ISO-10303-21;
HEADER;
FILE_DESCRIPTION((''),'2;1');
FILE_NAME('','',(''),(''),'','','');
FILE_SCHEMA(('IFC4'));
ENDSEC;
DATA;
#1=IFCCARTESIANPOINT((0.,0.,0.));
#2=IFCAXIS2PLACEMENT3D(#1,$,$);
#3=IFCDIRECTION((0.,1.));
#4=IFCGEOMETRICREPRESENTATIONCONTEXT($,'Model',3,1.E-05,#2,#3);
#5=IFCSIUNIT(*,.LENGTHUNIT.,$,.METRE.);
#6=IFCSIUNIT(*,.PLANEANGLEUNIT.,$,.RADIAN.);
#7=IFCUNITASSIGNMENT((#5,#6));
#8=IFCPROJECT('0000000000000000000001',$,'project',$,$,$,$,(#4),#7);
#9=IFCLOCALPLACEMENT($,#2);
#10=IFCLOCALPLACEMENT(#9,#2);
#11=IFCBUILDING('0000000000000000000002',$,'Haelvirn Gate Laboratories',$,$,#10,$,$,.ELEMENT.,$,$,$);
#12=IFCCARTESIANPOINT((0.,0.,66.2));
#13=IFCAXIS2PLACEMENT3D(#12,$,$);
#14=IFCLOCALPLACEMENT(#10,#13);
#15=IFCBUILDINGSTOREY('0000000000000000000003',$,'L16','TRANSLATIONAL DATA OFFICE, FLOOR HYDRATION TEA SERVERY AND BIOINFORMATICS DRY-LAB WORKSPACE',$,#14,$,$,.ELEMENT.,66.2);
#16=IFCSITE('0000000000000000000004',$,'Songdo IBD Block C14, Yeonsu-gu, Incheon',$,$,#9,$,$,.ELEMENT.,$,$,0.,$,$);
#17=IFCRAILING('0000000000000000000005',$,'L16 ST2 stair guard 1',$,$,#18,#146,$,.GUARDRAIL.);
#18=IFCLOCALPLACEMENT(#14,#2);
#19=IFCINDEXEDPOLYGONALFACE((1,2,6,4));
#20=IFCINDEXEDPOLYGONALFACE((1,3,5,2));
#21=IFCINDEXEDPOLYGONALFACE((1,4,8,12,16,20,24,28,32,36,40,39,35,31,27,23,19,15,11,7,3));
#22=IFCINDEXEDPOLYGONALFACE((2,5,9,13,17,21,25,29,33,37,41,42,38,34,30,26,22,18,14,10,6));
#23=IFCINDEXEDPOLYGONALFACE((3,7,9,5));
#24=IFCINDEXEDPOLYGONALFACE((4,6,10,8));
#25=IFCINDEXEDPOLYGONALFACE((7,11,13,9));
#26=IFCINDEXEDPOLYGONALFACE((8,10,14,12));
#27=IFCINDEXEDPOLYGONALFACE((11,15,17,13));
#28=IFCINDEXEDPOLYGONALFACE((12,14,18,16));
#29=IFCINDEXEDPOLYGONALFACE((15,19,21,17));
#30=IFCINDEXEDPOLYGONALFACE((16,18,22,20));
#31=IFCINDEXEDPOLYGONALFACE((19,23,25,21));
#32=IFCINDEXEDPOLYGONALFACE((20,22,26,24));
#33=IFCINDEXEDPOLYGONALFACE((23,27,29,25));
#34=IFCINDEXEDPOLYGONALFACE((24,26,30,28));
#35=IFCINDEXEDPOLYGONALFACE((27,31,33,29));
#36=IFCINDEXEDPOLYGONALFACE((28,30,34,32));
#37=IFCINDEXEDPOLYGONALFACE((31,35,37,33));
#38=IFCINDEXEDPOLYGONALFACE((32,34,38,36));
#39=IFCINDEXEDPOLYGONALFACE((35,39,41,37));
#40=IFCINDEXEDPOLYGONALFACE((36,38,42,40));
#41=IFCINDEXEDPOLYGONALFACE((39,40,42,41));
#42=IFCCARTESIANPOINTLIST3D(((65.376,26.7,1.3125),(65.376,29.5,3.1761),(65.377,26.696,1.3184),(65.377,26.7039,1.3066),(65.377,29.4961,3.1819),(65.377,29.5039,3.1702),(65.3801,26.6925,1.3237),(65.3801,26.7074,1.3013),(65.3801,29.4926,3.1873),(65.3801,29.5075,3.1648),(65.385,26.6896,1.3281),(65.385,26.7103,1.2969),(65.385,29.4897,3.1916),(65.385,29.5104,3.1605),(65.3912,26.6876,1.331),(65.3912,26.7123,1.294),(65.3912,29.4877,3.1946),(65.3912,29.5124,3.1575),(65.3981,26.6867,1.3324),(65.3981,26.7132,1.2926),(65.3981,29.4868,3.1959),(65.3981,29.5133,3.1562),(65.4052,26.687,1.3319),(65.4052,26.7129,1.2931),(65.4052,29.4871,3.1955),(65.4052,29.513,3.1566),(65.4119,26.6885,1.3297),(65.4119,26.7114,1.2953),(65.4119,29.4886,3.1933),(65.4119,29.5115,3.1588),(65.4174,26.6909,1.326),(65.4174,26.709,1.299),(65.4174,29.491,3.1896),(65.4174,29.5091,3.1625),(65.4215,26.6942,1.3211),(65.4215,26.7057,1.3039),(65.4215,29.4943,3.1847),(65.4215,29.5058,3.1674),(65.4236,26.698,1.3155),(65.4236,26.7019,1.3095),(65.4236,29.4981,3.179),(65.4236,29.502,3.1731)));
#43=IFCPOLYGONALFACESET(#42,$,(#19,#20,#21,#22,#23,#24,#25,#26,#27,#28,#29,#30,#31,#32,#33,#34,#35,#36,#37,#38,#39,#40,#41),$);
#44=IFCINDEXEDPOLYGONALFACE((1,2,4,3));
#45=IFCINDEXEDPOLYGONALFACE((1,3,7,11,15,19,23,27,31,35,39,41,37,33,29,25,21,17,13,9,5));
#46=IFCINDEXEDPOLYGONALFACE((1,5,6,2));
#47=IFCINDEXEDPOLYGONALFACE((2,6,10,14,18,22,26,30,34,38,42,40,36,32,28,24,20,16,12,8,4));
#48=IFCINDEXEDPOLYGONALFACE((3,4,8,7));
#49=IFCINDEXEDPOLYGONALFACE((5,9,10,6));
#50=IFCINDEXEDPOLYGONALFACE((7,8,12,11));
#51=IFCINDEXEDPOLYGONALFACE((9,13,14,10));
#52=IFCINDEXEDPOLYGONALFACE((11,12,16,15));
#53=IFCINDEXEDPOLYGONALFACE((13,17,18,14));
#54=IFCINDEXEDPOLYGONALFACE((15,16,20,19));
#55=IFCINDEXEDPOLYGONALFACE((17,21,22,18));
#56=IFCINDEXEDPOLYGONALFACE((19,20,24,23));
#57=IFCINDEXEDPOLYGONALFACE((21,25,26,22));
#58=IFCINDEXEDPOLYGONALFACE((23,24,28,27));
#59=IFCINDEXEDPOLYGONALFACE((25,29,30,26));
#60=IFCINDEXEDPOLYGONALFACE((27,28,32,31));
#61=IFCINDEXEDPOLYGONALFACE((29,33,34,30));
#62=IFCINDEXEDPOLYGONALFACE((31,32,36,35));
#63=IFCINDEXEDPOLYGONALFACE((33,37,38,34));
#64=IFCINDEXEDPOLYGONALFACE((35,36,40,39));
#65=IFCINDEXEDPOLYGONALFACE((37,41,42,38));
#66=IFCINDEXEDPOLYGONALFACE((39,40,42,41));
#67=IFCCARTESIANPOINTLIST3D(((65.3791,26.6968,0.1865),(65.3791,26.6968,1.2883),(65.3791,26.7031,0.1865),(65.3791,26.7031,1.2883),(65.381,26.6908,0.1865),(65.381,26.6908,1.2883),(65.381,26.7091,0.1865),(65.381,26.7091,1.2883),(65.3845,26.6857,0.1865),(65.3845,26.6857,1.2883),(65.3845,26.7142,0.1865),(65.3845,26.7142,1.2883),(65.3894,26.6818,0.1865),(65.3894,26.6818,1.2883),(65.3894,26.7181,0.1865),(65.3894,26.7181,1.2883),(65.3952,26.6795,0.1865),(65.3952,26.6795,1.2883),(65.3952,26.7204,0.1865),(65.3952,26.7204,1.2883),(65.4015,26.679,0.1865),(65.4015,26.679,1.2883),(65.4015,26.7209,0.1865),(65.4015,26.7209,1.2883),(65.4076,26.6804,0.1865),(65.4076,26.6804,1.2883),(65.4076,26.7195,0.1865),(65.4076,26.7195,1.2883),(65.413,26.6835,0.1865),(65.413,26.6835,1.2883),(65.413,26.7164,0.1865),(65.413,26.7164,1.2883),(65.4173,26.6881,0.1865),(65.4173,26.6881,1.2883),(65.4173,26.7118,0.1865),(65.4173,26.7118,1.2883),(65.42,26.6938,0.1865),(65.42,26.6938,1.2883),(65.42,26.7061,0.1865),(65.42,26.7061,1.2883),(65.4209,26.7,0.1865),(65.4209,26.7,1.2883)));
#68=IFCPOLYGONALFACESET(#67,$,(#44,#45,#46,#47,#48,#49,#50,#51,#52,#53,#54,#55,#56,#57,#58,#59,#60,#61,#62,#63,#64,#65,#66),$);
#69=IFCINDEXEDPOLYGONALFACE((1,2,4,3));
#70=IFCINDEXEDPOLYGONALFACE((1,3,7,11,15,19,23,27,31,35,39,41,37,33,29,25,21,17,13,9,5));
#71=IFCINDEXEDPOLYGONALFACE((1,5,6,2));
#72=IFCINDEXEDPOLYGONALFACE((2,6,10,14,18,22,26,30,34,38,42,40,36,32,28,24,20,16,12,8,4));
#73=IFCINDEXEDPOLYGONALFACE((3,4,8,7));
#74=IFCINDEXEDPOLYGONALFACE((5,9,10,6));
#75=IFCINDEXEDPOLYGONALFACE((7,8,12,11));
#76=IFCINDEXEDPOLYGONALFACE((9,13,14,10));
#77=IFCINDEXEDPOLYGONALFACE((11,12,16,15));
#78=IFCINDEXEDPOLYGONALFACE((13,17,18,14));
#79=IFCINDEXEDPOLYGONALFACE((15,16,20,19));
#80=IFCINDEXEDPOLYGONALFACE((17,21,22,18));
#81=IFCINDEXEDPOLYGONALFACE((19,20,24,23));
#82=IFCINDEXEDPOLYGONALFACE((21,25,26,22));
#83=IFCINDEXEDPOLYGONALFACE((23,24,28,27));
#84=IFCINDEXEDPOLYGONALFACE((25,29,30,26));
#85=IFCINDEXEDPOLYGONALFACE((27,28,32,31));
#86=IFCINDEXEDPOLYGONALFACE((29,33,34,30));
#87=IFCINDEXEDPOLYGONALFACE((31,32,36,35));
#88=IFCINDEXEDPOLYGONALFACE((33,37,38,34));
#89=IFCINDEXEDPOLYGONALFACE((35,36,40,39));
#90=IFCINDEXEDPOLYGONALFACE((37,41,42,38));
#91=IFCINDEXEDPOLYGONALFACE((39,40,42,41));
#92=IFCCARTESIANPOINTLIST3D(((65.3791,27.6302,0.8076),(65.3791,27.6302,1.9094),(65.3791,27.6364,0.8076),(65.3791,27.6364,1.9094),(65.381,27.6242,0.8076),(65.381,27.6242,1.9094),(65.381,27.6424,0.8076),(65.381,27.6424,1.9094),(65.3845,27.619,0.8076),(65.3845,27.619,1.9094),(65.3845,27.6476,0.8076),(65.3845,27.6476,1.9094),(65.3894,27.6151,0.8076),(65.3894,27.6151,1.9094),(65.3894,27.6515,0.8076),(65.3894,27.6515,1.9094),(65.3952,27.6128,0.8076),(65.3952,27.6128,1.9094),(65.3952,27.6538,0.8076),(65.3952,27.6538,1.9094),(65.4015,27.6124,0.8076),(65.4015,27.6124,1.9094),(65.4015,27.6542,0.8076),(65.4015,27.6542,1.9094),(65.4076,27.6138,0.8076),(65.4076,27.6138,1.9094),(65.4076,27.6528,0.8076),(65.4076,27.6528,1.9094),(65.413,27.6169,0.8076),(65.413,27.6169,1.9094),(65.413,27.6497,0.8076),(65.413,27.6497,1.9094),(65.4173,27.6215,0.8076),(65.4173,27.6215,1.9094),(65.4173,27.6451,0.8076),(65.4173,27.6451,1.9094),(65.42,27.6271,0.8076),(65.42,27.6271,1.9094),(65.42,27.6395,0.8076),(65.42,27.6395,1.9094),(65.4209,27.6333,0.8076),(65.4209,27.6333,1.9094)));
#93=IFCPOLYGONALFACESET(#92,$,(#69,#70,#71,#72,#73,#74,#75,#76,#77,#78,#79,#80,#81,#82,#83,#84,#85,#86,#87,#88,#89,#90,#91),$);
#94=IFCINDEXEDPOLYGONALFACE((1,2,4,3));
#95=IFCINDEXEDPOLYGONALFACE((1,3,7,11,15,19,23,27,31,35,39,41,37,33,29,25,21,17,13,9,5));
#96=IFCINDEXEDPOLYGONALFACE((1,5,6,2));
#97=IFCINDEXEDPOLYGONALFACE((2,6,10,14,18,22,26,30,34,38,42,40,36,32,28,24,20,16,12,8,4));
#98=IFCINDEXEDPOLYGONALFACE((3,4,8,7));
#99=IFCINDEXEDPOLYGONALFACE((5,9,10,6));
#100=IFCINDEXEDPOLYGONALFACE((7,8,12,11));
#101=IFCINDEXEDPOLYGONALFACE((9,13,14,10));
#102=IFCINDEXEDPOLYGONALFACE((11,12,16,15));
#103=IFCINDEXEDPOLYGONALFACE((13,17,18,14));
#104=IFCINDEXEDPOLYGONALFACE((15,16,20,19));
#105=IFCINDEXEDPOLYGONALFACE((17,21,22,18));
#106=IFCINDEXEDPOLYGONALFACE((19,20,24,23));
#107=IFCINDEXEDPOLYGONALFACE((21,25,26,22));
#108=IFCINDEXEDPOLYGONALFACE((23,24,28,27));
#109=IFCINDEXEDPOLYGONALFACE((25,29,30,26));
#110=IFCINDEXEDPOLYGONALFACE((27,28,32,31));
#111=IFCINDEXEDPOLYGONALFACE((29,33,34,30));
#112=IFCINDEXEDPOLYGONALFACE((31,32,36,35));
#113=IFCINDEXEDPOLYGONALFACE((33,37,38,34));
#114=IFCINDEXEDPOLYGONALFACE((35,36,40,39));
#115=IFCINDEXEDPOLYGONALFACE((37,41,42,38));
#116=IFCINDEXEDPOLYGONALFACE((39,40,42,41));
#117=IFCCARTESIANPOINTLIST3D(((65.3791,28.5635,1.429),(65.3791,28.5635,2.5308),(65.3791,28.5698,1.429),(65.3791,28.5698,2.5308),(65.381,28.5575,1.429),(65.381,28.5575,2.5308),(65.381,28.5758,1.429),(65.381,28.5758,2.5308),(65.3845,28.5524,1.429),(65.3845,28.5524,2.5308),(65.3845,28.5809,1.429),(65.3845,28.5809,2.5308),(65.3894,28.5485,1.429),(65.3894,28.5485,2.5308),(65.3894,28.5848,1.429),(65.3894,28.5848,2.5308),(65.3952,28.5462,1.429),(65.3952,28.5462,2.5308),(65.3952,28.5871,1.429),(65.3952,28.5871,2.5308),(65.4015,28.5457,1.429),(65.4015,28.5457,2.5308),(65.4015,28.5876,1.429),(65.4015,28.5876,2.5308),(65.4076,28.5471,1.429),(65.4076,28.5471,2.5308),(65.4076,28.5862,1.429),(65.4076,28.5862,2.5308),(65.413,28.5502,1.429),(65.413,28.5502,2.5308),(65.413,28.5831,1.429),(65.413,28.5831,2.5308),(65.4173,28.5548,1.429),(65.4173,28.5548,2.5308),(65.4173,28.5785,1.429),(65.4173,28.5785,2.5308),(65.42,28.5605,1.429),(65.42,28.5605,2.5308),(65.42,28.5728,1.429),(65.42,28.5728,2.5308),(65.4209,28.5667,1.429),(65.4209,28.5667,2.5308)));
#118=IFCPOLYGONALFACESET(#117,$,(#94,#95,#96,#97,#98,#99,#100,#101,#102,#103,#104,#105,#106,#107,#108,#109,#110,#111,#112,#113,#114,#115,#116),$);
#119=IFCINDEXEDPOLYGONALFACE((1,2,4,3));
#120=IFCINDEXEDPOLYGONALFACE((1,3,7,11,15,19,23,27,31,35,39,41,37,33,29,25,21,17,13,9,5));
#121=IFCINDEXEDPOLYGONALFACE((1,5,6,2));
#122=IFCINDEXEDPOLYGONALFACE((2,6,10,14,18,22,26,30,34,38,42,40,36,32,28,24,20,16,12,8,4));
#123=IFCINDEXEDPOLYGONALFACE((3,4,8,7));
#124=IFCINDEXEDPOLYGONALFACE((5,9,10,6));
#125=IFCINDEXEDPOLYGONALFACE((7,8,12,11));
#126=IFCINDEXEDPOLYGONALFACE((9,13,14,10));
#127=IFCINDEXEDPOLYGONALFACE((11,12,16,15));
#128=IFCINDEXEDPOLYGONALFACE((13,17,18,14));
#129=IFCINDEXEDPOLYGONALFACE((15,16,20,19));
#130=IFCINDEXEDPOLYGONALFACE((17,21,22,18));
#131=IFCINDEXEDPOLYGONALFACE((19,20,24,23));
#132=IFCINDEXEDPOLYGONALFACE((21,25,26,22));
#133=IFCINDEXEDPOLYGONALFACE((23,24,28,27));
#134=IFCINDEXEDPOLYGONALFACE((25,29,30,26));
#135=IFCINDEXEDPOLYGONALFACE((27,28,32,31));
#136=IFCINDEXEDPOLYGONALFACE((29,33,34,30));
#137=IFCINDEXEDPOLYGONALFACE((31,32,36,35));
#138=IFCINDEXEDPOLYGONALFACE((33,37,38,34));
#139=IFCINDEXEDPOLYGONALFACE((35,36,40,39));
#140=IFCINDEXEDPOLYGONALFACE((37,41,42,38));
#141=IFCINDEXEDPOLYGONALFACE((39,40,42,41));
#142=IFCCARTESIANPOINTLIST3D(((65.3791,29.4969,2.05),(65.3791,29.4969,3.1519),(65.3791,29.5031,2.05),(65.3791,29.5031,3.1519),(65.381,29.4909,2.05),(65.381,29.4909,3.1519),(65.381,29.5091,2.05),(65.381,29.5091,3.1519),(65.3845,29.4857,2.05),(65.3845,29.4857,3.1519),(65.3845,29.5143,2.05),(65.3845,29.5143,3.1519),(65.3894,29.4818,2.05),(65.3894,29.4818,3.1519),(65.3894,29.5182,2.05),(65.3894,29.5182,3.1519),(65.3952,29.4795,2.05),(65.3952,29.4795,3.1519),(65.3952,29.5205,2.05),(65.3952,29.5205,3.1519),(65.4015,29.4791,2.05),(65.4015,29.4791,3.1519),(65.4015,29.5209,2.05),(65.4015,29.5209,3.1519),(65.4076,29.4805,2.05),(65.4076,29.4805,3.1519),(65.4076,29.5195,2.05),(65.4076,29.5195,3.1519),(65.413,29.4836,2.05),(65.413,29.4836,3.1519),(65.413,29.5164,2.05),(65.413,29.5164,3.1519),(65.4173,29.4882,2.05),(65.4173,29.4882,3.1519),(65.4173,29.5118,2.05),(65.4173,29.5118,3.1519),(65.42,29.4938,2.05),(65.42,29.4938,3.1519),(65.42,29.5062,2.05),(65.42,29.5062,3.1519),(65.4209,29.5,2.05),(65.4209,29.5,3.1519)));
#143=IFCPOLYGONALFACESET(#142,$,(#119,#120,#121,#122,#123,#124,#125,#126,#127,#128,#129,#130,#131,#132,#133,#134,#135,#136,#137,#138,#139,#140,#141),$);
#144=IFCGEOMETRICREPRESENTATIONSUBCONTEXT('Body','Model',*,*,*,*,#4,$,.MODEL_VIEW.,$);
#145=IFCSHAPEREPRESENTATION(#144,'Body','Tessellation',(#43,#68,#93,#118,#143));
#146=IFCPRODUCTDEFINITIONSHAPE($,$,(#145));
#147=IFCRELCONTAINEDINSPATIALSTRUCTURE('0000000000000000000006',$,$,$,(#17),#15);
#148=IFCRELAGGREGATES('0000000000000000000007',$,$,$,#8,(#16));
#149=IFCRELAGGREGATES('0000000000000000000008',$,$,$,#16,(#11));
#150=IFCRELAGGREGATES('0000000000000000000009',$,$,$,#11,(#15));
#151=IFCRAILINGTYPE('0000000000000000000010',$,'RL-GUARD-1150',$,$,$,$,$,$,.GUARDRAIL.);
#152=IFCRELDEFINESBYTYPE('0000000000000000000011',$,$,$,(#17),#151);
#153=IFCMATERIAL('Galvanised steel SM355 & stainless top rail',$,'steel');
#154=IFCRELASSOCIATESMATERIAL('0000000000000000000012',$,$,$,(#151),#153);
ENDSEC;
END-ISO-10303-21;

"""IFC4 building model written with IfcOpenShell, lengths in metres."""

from ifc_helpers import new_model, si_unit, direction, frame, origin, origin_2d, place, context, subcontext, project, spatial, circle, extrude, source, transform, mapped, material, type_object, element, save


model = new_model("IFC4")

# Units and contexts
model_context = context("Model", 3, precision=1e-05, world=origin(), true_north=direction((0.0, 1.0)))
body_context = subcontext(model_context, "Body", "Model", "MODEL_VIEW")
ifc_project = project(units=[si_unit("LENGTHUNIT", "METRE"), si_unit("PLANEANGLEUNIT", "RADIAN")], contexts=[model_context])

# Site, building, storey
site_placement = place(None, origin())
site = spatial("IfcSite", under=ifc_project, at=site_placement, Name="Songdo IBD Block C14, Yeonsu-gu, Incheon", CompositionType="ELEMENT", RefElevation=0.0)
building_placement = place(site_placement, origin())
building = spatial("IfcBuilding", under=site, at=building_placement, Name="Haelvirn Gate Laboratories", CompositionType="ELEMENT")
storey_placement = place(building_placement, frame((0.0, 0.0, 66.2)))
storey = spatial("IfcBuildingStorey", under=building, at=storey_placement, Name="L16", Description="TRANSLATIONAL DATA OFFICE, FLOOR HYDRATION TEA SERVERY AND BIOINFORMATICS DRY-LAB WORKSPACE", CompositionType="ELEMENT", Elevation=66.2)

# Railing
ifc_material_1 = material(Name="Galvanised steel SM355 & stainless top rail", Category="steel")
railing_type_1 = type_object("IfcRailingType", Name="RL-GUARD-1150", PredefinedType="GUARDRAIL", material=ifc_material_1)
shared_shape_1 = source(origin(), body_context, "Body", "SweptSolid", [
    extrude(circle(Radius=0.0239, at=origin_2d()), frame((0.0, 0.0, 1.126), z_axis=(0.0, 0.832486, 0.554047), x_axis=(-1.0, 0.0, 0.0)), (0.0, 0.0, 1.0), 3.3635),
    extrude(circle(Radius=0.021, at=origin_2d()), origin(), (0.0, 0.0, 1.0), 1.1018),
    extrude(circle(Radius=0.021, at=origin_2d()), frame((0.0, 0.9333, 0.6211)), (0.0, 0.0, 1.0), 1.1018),
    extrude(circle(Radius=0.021, at=origin_2d()), frame((0.0, 1.8667, 1.2424)), (0.0, 0.0, 1.0), 1.1018),
    extrude(circle(Radius=0.021, at=origin_2d()), frame((0.0, 2.8, 1.8635)), (0.0, 0.0, 1.0), 1.1018),
])
railing_1_placement = place(storey_placement, frame((65.3999, 26.7, 0.1865)))
element("IfcRailing", 1, at=railing_1_placement, inside=storey, type_object=railing_type_1, Name="L16 ST2 stair guard 1", PredefinedType="GUARDRAIL", context=body_context, shape_type="MappedRepresentation", body=[
    mapped(shared_shape_1, transform((0.0, 0.0, 0.0), scale=1.0)),
])

save(model, "model.ifc")
